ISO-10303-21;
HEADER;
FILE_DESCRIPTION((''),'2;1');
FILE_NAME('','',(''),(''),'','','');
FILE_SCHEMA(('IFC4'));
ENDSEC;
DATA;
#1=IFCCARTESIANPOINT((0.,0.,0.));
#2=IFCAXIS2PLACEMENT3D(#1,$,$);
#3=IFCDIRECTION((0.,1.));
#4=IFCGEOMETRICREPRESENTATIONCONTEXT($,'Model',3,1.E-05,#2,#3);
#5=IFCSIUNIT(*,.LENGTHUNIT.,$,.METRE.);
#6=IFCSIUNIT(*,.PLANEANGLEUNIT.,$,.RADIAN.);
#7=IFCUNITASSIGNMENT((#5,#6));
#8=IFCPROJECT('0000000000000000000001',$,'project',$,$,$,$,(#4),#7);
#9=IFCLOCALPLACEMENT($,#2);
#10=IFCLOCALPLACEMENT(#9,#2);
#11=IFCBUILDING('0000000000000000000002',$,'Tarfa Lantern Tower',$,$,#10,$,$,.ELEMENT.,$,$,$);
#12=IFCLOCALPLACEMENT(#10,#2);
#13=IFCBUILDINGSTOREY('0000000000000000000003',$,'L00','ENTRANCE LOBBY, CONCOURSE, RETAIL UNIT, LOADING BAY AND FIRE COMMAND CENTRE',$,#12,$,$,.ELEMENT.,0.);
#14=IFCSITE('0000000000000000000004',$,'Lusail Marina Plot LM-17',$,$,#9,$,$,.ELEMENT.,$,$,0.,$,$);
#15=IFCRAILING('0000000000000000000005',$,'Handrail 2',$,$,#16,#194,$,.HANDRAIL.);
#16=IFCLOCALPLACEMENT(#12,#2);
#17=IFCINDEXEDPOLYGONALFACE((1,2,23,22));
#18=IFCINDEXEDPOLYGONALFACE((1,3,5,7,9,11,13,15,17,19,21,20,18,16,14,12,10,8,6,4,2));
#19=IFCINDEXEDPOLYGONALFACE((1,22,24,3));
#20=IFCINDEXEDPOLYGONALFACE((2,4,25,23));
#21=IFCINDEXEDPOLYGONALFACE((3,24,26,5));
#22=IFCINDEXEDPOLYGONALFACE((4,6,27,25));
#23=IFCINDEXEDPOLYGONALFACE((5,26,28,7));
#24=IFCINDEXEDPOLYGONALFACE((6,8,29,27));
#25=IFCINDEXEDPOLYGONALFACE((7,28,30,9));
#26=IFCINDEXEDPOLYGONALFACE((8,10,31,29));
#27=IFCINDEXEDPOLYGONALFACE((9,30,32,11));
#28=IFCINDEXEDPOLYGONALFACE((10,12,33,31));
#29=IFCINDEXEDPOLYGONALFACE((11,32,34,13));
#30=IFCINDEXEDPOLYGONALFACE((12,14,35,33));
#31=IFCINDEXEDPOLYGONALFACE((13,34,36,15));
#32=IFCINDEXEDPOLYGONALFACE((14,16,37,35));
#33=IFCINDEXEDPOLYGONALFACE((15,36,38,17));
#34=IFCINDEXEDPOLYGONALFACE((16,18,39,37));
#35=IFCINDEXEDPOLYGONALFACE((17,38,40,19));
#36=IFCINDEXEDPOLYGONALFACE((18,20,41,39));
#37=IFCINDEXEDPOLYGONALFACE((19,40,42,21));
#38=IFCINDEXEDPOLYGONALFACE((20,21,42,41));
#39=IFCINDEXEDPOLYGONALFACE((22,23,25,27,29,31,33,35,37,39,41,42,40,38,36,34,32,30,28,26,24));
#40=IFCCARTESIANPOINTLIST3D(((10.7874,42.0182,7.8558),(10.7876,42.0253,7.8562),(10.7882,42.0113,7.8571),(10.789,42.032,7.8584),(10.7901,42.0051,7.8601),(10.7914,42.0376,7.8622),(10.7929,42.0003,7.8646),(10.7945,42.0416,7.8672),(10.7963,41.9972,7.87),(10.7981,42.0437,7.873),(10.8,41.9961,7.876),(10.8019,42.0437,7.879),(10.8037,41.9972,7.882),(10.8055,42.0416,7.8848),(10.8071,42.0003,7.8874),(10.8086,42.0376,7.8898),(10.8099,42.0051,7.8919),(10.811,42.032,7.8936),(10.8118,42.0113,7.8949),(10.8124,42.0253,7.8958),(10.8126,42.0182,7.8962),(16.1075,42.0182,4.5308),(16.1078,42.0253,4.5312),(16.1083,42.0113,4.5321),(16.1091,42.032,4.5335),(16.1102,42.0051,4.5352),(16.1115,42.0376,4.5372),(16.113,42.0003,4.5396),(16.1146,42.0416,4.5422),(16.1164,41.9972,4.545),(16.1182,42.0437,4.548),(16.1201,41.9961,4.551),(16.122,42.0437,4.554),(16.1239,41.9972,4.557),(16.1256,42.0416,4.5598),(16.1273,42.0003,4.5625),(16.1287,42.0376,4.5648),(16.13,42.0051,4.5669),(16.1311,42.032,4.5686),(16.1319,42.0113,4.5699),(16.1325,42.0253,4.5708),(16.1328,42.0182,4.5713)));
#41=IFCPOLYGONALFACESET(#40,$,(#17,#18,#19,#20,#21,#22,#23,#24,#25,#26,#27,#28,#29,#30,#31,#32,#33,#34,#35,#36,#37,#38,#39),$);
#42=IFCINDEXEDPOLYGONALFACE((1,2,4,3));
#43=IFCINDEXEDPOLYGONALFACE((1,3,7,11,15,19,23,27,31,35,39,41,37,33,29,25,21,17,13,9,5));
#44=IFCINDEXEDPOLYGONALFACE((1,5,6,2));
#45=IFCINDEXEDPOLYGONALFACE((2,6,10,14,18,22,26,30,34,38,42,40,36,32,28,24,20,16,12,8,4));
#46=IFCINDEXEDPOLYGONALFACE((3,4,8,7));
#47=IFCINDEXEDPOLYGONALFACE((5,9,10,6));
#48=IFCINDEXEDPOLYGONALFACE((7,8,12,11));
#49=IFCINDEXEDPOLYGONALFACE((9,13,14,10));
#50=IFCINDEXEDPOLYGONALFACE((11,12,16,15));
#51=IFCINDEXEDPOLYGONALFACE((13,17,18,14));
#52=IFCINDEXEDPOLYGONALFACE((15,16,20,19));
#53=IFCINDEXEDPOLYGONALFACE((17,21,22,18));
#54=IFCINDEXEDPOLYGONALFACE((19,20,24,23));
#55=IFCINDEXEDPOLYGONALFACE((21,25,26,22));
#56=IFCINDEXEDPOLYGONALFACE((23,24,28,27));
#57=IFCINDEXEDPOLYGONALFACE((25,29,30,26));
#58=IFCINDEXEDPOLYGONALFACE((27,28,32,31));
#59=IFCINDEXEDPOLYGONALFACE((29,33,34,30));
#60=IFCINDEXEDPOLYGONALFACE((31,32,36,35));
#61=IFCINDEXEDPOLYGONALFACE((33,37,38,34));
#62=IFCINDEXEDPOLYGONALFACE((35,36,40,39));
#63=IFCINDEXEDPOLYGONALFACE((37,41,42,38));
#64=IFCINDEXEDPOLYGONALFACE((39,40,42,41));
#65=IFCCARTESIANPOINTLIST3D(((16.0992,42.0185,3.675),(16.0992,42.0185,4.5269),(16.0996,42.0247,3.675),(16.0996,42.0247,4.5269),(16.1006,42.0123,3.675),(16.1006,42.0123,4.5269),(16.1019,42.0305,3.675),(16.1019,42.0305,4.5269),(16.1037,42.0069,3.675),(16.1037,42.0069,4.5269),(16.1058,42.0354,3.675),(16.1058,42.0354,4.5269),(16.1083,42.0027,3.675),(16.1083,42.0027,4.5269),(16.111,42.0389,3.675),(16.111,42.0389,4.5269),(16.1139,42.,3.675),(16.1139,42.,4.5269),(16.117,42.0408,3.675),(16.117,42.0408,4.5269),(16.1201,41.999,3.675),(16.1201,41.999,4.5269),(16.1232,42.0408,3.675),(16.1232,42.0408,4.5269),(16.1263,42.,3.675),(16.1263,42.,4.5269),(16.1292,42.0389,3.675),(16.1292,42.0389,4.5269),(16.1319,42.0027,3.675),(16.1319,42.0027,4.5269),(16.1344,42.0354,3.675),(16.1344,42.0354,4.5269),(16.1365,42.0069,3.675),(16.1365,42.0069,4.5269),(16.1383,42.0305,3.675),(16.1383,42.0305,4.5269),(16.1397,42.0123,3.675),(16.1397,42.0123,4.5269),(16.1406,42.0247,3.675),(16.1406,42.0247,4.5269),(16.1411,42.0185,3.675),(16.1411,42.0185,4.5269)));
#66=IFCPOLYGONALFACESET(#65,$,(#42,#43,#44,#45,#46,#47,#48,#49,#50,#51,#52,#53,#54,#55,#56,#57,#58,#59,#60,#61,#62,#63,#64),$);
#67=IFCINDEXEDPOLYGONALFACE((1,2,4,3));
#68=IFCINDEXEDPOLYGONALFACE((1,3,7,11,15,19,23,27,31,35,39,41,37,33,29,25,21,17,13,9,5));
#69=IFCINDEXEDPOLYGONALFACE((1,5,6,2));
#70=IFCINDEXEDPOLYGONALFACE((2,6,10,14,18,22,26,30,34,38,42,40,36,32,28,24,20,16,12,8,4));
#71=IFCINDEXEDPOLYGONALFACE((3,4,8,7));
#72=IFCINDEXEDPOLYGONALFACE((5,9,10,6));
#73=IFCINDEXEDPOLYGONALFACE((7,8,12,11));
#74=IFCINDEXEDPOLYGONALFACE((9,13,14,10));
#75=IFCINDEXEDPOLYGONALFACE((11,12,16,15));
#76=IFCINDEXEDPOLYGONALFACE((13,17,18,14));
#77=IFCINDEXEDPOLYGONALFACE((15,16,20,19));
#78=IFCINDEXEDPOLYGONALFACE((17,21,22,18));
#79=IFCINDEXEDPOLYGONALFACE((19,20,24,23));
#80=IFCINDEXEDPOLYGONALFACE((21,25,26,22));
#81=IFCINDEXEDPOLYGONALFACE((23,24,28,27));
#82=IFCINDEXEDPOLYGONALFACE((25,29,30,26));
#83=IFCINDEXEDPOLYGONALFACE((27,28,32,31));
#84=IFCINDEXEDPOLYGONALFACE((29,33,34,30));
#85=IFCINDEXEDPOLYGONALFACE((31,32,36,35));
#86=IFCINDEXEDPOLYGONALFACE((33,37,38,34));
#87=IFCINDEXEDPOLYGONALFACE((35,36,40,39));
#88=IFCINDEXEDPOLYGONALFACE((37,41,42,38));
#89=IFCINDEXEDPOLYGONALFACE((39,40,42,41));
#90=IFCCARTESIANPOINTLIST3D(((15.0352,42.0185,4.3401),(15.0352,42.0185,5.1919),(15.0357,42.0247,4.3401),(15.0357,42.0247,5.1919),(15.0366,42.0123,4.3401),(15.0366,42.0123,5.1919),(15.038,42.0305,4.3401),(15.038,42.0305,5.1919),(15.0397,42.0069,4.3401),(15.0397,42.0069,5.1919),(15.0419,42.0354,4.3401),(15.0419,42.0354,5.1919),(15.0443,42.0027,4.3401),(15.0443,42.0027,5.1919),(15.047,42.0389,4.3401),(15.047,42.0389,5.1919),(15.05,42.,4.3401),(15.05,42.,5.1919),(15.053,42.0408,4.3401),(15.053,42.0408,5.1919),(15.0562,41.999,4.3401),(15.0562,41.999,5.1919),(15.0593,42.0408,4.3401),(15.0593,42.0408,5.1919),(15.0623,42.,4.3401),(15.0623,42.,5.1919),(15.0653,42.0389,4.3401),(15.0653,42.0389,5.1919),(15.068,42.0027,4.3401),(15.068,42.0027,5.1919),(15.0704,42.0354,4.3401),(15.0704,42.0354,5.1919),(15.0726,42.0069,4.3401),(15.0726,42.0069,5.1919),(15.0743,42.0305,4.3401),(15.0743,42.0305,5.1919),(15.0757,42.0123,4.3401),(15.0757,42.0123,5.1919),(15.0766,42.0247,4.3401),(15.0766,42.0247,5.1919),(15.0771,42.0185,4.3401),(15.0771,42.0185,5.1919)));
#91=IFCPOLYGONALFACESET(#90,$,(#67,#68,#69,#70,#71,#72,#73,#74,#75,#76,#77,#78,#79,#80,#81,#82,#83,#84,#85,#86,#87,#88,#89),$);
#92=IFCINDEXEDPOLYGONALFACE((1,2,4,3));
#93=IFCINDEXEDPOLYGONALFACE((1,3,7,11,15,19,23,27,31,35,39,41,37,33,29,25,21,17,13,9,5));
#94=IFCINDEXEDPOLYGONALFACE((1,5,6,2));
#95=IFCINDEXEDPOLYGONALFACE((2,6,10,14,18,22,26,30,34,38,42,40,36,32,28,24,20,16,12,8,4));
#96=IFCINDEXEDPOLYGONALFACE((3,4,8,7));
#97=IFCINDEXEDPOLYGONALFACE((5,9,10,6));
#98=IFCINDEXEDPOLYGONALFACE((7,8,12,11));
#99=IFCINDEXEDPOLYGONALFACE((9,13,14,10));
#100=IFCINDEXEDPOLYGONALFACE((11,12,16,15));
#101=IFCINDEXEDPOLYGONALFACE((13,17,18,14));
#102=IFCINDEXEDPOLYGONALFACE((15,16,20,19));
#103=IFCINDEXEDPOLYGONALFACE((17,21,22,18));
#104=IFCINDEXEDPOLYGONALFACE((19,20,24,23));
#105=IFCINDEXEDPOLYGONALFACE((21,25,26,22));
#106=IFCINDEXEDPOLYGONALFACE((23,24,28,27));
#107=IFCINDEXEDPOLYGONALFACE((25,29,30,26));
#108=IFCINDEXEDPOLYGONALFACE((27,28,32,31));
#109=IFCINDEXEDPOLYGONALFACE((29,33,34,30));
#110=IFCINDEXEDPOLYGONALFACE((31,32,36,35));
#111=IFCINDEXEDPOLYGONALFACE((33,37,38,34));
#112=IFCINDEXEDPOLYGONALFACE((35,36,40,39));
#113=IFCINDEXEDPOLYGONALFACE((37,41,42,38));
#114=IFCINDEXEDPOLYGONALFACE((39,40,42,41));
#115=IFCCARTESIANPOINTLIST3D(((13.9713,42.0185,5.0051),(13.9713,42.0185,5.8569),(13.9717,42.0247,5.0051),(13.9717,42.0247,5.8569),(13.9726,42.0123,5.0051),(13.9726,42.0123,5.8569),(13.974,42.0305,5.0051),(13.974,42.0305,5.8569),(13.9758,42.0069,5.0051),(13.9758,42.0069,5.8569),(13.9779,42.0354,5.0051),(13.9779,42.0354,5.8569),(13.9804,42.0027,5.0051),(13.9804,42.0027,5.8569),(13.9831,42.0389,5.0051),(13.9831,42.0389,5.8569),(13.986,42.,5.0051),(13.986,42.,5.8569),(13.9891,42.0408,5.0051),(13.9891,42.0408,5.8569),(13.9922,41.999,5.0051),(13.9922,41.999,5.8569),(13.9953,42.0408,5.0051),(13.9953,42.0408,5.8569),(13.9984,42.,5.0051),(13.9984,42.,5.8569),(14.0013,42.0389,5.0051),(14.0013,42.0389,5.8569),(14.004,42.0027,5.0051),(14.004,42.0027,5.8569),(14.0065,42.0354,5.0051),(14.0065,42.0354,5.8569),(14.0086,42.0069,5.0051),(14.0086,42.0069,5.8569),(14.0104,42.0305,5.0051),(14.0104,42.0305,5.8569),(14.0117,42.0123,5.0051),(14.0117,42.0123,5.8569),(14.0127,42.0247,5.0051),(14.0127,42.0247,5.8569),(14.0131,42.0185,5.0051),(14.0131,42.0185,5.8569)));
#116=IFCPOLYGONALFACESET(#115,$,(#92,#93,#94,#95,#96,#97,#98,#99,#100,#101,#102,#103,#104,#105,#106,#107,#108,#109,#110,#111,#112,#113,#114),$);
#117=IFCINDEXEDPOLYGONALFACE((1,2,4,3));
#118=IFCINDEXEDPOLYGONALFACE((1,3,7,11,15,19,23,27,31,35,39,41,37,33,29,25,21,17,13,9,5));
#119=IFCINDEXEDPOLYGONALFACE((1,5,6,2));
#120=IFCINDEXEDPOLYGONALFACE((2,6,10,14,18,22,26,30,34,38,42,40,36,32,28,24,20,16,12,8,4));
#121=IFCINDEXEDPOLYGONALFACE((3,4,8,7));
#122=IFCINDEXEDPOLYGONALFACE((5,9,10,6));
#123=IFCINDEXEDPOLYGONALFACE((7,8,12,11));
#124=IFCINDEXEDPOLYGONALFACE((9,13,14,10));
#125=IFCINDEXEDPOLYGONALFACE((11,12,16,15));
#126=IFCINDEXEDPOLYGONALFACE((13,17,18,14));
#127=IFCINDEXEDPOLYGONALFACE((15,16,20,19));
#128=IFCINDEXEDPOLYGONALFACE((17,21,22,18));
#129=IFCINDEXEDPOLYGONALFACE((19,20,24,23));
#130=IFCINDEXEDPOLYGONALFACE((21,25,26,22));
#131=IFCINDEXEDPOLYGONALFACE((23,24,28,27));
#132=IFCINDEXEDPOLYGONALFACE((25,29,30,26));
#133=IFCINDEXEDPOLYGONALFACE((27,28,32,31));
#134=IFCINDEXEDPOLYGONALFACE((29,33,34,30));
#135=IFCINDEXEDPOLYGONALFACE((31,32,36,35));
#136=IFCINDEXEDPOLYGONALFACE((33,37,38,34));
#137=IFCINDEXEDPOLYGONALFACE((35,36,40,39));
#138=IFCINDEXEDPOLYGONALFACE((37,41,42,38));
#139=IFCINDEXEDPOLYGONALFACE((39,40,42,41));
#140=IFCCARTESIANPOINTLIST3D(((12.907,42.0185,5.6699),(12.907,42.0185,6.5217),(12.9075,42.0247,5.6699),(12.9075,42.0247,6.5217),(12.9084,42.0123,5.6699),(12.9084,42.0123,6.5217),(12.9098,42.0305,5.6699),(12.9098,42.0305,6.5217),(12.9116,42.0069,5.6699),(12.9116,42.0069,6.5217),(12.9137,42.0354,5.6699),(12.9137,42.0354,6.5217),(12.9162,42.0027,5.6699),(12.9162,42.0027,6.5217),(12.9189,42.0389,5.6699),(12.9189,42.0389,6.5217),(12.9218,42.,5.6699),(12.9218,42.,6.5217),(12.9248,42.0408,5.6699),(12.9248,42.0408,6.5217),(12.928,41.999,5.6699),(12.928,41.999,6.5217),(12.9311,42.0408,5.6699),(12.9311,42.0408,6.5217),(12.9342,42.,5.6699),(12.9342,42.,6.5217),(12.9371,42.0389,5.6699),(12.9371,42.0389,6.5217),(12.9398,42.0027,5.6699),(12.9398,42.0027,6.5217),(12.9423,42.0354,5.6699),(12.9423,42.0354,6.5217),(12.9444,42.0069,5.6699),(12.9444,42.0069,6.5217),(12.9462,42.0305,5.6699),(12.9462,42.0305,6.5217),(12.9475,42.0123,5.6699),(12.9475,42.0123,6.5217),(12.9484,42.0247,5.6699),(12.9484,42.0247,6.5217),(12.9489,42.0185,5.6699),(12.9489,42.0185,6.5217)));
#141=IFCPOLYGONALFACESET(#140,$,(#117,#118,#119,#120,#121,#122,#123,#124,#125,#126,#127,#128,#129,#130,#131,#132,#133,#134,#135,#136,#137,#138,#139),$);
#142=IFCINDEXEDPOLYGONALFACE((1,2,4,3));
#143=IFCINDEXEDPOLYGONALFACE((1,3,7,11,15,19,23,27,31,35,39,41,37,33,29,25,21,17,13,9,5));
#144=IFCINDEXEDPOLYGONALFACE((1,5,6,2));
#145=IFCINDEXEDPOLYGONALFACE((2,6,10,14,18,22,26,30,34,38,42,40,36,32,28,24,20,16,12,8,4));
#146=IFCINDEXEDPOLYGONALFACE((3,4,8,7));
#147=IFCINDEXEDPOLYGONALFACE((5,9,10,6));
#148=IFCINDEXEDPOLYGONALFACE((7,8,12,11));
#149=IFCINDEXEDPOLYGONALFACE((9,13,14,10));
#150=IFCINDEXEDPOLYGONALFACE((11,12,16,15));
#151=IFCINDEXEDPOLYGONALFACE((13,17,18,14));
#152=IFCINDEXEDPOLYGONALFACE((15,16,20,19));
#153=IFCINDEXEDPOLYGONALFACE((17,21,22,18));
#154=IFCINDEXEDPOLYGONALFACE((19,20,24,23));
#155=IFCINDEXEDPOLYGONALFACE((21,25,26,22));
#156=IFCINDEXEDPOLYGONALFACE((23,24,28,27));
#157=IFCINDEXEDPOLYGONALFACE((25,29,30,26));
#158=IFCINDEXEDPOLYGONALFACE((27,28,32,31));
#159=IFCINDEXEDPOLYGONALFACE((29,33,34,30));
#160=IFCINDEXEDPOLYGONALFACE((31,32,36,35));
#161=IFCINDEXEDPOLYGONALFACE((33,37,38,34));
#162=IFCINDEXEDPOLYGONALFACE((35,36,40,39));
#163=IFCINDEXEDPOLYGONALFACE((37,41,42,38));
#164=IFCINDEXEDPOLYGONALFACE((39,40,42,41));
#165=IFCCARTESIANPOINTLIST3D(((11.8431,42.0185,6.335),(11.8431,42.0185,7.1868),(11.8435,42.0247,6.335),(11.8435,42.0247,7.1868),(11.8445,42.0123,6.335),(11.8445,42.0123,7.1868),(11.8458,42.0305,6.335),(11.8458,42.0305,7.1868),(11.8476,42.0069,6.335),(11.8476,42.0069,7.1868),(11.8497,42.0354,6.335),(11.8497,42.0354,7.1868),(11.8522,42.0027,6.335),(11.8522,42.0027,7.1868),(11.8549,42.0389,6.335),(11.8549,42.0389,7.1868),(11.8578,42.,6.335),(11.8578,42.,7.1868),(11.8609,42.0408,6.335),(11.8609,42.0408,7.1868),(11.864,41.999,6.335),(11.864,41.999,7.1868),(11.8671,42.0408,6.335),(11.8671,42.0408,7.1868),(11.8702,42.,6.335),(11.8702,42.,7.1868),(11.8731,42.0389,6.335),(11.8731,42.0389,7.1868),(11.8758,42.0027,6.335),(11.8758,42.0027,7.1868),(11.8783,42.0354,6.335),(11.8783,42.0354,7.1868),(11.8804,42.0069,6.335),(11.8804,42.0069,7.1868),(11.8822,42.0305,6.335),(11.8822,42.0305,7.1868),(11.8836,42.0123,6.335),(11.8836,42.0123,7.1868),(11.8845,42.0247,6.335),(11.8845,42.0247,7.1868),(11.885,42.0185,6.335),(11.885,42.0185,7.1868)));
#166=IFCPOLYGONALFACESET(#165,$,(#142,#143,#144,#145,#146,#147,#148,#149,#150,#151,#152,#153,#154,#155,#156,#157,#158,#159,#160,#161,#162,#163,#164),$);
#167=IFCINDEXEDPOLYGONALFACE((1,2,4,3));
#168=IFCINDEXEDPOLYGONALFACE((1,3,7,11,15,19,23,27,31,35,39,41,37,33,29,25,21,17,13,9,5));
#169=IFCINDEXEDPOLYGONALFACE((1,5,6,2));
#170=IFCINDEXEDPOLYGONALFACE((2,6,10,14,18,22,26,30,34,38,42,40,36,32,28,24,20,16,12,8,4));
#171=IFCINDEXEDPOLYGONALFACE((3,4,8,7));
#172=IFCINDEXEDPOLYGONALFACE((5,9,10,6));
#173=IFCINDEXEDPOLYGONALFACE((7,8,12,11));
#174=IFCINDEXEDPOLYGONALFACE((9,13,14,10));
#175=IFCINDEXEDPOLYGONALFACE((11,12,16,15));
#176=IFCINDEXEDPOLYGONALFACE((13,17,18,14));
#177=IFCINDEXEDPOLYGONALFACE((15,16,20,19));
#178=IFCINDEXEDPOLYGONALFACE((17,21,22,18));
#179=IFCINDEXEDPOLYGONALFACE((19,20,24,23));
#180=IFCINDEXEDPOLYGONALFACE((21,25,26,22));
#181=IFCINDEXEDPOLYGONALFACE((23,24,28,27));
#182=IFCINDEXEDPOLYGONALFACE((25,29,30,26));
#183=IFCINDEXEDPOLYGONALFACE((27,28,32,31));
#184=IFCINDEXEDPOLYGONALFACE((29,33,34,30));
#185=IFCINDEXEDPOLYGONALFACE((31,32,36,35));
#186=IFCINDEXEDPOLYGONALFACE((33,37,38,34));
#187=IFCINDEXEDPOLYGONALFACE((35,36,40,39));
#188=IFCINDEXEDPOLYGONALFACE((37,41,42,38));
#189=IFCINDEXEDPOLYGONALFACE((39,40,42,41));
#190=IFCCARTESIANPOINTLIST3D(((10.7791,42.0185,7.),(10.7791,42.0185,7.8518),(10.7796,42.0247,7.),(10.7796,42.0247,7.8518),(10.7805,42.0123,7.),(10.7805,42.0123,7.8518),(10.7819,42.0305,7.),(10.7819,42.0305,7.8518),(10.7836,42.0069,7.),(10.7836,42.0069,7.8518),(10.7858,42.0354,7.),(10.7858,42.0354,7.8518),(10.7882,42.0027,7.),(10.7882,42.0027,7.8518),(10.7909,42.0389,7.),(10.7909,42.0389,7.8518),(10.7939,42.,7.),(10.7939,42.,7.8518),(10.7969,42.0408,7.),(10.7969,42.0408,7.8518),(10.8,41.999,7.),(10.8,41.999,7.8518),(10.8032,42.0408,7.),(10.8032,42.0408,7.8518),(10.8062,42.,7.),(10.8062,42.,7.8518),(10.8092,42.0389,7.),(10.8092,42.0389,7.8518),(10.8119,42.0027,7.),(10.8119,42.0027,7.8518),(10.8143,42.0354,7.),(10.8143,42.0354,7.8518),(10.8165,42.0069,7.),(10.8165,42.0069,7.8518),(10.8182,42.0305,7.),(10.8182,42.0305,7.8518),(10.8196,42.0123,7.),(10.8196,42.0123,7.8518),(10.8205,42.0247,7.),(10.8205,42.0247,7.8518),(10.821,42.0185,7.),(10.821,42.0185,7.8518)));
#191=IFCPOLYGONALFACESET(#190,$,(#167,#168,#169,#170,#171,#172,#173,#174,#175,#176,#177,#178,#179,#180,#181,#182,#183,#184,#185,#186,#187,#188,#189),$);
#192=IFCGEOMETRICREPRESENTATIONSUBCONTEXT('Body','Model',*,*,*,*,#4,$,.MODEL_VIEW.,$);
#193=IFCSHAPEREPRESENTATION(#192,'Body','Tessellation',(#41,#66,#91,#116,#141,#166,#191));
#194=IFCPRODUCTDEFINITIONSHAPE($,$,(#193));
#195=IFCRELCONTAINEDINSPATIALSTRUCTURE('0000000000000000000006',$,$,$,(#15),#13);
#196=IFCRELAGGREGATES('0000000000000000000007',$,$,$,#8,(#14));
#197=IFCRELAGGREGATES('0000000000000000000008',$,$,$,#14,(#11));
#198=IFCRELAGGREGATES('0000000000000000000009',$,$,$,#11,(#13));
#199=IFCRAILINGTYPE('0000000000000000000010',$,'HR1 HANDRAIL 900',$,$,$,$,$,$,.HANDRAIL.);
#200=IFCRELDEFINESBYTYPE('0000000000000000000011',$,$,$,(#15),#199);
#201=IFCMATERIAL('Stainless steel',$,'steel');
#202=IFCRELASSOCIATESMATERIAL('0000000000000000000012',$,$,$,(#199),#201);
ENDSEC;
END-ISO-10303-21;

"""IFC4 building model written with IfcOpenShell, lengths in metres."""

from ifc_helpers import new_model, si_unit, direction, frame, origin, origin_2d, place, context, subcontext, project, spatial, circle, extrude, material, type_object, element, save


model = new_model("IFC4")

# Units and contexts
model_context = context("Model", 3, precision=1e-05, world=origin(), true_north=direction((0.0, 1.0)))
body_context = subcontext(model_context, "Body", "Model", "MODEL_VIEW")
ifc_project = project(units=[si_unit("LENGTHUNIT", "METRE"), si_unit("PLANEANGLEUNIT", "RADIAN")], contexts=[model_context])

# Site, building, storey
site_placement = place(None, origin())
site = spatial("IfcSite", under=ifc_project, at=site_placement, Name="Lusail Marina Plot LM-17", CompositionType="ELEMENT", RefElevation=0.0)
building_placement = place(site_placement, origin())
building = spatial("IfcBuilding", under=site, at=building_placement, Name="Tarfa Lantern Tower", CompositionType="ELEMENT")
storey_placement = place(building_placement, origin())
storey = spatial("IfcBuildingStorey", under=building, at=storey_placement, Name="L00", Description="ENTRANCE LOBBY, CONCOURSE, RETAIL UNIT, LOADING BAY AND FIRE COMMAND CENTRE", CompositionType="ELEMENT", Elevation=0.0)

# Railing
ifc_material_1 = material(Name="Stainless steel", Category="steel")
railing_type = type_object("IfcRailingType", Name="HR1 HANDRAIL 900", PredefinedType="HANDRAIL", material=ifc_material_1)
railing_placement = place(storey_placement, frame((16.1201, 42.02, 3.675)))
element("IfcRailing", 1, at=railing_placement, inside=storey, type_object=railing_type, Name="Handrail 2", PredefinedType="HANDRAIL", context=body_context, shape_type="SweptSolid", body=[
    extrude(circle(Radius=0.0239, at=origin_2d()), frame((0.0, 0.0, 0.876), z_axis=(-0.848005, 0.0, 0.529988), x_axis=(0.0, -1.0, 0.0)), (0.0, 0.0, 1.0), 6.2737),
    extrude(circle(Radius=0.021, at=origin_2d()), frame((0.0, 0.0, 0.0), z_axis=(0.0, 0.0, 1.0), x_axis=(0.0, -1.0, 0.0)), (0.0, 0.0, 1.0), 0.8518),
    extrude(circle(Radius=0.021, at=origin_2d()), frame((-1.064, 0.0, 0.665), z_axis=(0.0, 0.0, 1.0), x_axis=(0.0, -1.0, 0.0)), (0.0, 0.0, 1.0), 0.8518),
    extrude(circle(Radius=0.021, at=origin_2d()), frame((-2.1279, 0.0, 1.3301), z_axis=(0.0, 0.0, 1.0), x_axis=(0.0, -1.0, 0.0)), (0.0, 0.0, 1.0), 0.8518),
    extrude(circle(Radius=0.021, at=origin_2d()), frame((-3.1921, 0.0, 1.9949), z_axis=(0.0, 0.0, 1.0), x_axis=(0.0, -1.0, 0.0)), (0.0, 0.0, 1.0), 0.8518),
    extrude(circle(Radius=0.021, at=origin_2d()), frame((-4.2561, 0.0, 2.6599), z_axis=(0.0, 0.0, 1.0), x_axis=(0.0, -1.0, 0.0)), (0.0, 0.0, 1.0), 0.8518),
    extrude(circle(Radius=0.021, at=origin_2d()), frame((-5.3201, 0.0, 3.325), z_axis=(0.0, 0.0, 1.0), x_axis=(0.0, -1.0, 0.0)), (0.0, 0.0, 1.0), 0.8518),
])

save(model, "model.ifc")
